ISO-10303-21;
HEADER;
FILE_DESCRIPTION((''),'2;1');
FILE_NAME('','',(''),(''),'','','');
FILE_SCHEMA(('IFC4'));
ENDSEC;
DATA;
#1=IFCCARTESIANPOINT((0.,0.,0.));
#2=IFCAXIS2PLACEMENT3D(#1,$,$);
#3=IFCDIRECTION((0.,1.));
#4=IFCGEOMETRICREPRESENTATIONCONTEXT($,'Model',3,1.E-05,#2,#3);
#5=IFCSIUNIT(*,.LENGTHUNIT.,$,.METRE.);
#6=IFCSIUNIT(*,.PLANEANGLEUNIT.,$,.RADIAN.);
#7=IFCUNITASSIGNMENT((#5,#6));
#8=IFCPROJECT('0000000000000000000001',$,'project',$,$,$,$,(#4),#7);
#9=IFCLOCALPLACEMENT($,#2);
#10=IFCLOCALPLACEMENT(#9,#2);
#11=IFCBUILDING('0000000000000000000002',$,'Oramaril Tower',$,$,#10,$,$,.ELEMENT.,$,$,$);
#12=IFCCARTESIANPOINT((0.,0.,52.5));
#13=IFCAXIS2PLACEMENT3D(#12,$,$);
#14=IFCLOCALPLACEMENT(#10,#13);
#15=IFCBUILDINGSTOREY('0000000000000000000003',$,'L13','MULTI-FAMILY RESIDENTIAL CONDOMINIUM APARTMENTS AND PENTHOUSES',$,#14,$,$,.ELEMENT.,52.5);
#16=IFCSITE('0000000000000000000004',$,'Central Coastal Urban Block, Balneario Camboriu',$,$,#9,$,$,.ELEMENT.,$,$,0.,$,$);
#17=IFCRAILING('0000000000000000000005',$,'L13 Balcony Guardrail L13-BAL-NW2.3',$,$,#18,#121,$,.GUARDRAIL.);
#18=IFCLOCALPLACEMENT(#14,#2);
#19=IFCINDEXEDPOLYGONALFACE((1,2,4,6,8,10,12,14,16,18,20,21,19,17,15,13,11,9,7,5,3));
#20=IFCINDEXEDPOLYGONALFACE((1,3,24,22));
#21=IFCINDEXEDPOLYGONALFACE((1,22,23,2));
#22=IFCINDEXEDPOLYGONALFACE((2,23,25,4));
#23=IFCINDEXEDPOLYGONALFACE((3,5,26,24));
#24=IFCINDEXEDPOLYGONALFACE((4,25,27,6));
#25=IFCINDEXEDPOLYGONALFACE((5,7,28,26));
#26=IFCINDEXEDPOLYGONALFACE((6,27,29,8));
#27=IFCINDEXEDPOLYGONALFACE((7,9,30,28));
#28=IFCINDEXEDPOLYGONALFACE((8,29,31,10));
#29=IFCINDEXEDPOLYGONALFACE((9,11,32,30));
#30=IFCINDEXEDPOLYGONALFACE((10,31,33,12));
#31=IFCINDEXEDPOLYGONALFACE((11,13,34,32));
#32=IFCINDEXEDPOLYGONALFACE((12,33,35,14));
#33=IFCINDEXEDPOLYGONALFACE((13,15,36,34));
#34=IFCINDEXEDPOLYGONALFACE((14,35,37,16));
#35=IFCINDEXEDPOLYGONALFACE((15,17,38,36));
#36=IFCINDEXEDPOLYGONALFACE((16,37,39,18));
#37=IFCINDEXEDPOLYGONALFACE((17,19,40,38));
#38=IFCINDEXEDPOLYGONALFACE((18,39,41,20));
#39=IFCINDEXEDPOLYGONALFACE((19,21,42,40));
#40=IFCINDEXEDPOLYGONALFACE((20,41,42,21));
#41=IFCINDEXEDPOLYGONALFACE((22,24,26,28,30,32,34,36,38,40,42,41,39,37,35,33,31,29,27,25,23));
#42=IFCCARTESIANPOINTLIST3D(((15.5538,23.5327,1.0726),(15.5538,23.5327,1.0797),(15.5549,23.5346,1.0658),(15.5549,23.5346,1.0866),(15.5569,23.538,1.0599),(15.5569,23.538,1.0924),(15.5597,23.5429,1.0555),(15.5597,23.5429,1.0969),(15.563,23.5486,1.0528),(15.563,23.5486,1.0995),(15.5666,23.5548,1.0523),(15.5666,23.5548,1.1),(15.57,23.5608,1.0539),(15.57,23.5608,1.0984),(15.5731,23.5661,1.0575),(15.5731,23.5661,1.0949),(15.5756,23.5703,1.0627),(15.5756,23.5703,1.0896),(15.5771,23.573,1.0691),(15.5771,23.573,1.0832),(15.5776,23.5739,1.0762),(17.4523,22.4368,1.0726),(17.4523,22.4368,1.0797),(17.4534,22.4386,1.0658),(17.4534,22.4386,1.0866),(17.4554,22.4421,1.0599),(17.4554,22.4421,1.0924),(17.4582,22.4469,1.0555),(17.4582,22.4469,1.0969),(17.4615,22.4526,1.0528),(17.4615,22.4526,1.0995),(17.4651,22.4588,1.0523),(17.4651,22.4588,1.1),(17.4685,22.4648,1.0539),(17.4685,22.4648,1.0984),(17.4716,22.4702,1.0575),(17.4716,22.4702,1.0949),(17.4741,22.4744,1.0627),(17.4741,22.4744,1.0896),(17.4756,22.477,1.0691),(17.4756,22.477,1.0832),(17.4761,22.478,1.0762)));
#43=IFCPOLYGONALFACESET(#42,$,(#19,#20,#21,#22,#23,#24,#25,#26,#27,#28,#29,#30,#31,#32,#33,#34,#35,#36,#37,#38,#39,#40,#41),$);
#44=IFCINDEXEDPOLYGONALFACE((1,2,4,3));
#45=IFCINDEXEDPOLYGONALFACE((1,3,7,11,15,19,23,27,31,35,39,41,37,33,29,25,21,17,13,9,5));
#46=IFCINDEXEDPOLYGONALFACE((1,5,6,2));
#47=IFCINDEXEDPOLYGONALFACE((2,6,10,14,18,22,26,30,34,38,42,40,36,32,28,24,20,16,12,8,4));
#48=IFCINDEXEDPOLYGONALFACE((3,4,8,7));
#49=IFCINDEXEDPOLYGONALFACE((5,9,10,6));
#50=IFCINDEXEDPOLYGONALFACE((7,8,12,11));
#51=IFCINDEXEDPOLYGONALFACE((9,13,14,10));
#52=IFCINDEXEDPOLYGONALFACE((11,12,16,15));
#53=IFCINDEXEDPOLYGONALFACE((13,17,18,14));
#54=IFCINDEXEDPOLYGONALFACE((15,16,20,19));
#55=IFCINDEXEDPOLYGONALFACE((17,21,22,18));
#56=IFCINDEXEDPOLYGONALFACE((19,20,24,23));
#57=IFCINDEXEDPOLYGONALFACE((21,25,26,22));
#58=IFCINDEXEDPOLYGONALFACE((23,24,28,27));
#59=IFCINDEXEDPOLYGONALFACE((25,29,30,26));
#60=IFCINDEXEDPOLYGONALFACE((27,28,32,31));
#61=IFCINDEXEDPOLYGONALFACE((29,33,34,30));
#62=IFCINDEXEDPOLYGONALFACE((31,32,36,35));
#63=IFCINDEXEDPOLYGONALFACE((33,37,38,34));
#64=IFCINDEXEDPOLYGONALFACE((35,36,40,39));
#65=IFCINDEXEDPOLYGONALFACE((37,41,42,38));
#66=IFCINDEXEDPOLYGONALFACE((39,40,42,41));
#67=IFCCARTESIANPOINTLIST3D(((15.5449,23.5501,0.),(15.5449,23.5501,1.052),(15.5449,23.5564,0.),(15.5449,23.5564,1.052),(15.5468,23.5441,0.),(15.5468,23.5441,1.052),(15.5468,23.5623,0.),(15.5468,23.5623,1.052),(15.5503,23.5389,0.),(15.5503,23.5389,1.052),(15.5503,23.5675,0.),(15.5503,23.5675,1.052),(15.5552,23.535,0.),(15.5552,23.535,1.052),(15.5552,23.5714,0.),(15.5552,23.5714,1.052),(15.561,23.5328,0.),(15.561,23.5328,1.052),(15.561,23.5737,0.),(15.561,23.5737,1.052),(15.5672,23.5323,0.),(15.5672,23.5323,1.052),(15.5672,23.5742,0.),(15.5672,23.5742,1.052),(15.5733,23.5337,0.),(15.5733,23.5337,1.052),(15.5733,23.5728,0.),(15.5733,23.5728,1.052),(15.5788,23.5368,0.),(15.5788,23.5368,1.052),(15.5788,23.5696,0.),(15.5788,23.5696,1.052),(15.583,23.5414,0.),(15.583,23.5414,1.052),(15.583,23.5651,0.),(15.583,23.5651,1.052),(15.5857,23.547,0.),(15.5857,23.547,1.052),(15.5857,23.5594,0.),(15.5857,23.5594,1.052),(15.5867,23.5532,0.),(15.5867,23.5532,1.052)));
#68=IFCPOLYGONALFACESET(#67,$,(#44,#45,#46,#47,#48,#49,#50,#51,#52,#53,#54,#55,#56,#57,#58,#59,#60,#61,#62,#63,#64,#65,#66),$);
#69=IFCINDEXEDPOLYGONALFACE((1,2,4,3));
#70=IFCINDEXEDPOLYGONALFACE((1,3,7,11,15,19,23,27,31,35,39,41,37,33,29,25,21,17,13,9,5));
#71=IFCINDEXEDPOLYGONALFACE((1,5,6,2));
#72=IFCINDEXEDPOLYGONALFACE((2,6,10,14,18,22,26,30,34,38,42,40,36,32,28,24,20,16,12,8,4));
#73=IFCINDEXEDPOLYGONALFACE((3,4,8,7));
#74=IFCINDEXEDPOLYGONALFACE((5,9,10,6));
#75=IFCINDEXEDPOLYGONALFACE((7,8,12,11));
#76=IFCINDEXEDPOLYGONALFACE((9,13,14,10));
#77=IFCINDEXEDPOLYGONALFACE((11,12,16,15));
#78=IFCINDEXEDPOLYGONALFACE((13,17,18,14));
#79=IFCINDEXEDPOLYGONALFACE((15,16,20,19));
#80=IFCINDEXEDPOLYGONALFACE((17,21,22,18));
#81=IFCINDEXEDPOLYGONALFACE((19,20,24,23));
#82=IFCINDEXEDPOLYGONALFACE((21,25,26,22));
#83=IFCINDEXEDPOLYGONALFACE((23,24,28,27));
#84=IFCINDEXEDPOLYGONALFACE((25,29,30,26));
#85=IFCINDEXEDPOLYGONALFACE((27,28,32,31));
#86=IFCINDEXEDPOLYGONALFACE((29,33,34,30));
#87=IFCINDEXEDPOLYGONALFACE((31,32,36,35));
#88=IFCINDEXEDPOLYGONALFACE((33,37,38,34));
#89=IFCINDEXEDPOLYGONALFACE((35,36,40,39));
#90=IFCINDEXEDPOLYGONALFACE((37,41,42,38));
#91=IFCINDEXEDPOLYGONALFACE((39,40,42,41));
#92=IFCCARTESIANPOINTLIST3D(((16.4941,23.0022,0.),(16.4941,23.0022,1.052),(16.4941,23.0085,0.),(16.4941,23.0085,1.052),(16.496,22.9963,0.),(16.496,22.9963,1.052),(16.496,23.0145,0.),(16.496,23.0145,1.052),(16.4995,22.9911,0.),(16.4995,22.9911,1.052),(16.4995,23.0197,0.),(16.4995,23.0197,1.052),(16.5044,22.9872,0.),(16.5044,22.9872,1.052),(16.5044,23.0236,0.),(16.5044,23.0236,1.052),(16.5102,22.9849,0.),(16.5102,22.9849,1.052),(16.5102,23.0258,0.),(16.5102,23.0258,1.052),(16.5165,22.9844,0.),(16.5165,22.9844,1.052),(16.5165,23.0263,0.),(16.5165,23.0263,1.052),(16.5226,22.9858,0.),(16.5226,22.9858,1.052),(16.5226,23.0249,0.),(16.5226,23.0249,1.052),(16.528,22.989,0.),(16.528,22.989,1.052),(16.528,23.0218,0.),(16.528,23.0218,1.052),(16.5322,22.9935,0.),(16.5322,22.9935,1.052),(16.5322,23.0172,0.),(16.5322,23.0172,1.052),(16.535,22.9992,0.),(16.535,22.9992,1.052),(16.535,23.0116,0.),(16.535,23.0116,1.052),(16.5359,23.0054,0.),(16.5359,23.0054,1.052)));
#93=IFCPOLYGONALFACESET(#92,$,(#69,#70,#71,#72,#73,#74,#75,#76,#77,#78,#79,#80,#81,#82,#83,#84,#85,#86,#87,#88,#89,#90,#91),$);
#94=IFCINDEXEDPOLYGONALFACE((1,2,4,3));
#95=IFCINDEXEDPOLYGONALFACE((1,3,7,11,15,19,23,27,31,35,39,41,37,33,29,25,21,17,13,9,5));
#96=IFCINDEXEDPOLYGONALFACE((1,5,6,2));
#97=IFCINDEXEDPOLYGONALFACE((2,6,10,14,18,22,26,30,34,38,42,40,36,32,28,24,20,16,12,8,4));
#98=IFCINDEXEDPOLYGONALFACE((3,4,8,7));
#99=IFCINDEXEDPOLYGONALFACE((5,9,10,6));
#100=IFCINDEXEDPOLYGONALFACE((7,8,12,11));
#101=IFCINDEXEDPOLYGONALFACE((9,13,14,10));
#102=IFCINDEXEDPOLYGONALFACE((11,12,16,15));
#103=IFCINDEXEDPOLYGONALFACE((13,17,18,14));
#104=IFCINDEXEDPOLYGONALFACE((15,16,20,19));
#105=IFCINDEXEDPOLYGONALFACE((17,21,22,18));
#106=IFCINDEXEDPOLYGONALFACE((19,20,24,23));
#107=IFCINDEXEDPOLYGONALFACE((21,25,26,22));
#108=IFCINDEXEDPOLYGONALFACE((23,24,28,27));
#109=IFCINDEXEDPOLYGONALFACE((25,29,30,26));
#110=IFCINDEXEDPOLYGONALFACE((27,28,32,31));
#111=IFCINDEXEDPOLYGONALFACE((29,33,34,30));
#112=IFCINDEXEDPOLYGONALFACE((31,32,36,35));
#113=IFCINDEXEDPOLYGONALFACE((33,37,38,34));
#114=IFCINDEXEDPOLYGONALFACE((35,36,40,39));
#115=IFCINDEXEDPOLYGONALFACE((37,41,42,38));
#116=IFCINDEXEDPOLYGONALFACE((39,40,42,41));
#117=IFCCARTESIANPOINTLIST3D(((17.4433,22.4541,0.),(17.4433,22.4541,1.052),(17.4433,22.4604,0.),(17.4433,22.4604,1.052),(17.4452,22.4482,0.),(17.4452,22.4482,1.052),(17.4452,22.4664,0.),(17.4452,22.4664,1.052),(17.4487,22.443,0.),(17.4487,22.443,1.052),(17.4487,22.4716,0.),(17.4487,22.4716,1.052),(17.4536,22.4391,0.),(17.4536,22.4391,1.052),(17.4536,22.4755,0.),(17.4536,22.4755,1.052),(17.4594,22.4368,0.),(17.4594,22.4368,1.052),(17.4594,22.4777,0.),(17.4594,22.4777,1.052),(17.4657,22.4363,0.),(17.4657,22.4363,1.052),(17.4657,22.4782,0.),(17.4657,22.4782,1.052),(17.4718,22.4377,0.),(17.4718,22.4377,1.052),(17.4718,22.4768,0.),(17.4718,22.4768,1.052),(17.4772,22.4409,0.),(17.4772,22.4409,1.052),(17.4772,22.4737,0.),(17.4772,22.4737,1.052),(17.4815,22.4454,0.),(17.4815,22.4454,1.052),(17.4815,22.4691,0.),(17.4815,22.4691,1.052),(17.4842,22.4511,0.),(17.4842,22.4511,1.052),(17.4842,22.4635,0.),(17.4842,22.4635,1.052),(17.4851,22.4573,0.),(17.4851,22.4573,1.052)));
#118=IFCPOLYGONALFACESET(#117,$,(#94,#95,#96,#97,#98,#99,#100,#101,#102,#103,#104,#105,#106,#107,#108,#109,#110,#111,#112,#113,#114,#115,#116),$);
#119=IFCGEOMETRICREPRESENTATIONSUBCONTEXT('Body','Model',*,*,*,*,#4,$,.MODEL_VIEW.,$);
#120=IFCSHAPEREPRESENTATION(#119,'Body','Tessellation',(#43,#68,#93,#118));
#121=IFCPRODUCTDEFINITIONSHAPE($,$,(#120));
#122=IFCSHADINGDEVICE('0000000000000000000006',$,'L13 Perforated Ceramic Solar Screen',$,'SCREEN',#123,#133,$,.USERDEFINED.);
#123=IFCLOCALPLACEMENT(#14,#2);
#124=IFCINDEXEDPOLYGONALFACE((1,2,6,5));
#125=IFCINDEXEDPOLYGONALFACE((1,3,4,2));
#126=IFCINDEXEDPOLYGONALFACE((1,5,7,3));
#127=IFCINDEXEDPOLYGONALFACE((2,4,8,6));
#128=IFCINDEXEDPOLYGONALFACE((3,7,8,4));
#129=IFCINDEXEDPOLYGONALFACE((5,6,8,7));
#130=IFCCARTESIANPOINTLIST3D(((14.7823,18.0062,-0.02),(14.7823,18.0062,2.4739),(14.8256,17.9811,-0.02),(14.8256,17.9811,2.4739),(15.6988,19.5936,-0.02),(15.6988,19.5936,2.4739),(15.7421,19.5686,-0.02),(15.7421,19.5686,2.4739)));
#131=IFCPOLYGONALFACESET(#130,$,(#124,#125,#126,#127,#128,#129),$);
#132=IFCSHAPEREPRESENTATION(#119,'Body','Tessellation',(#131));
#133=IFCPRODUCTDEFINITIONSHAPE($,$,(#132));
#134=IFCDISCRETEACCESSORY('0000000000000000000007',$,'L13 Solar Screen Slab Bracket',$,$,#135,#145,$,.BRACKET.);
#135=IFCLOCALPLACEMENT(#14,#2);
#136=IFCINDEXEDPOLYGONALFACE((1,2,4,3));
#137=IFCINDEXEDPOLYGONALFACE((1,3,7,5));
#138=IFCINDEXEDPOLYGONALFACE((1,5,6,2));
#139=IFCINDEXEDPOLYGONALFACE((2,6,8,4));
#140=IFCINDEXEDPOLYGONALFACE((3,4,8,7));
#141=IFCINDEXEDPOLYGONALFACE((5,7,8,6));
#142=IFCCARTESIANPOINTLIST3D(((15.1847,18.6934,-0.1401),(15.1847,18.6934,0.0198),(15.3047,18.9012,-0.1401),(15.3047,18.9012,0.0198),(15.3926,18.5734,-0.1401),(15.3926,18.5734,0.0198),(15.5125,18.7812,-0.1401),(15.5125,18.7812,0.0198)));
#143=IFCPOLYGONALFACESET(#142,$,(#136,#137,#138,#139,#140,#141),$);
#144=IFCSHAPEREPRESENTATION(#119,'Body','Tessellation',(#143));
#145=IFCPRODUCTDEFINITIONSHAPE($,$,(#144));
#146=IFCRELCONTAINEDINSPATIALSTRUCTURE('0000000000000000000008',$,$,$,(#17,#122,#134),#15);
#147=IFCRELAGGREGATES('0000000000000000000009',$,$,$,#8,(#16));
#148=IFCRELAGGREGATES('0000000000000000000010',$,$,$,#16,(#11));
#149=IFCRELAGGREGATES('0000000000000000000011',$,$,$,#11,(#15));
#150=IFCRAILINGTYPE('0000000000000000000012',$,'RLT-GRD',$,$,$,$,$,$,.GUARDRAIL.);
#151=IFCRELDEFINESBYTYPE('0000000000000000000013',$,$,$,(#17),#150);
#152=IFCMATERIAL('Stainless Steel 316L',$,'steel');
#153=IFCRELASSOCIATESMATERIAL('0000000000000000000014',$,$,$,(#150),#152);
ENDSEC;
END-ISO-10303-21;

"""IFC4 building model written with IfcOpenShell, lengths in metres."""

from ifc_helpers import new_model, si_unit, direction, frame, origin, origin_2d, place, context, subcontext, project, spatial, rectangle, circle, extrude, material, type_object, element, save


model = new_model("IFC4")

# Units and contexts
model_context = context("Model", 3, precision=1e-05, world=origin(), true_north=direction((0.0, 1.0)))
body_context = subcontext(model_context, "Body", "Model", "MODEL_VIEW")
ifc_project = project(units=[si_unit("LENGTHUNIT", "METRE"), si_unit("PLANEANGLEUNIT", "RADIAN")], contexts=[model_context])

# Site, building, storey
site_placement = place(None, origin())
site = spatial("IfcSite", under=ifc_project, at=site_placement, Name="Central Coastal Urban Block, Balneario Camboriu", CompositionType="ELEMENT", RefElevation=0.0)
building_placement = place(site_placement, origin())
building = spatial("IfcBuilding", under=site, at=building_placement, Name="Oramaril Tower", CompositionType="ELEMENT")
storey_placement = place(building_placement, frame((0.0, 0.0, 52.5)))
storey = spatial("IfcBuildingStorey", under=building, at=storey_placement, Name="L13", Description="MULTI-FAMILY RESIDENTIAL CONDOMINIUM APARTMENTS AND PENTHOUSES", CompositionType="ELEMENT", Elevation=52.5)

# Railing
ifc_material_1 = material(Name="Stainless Steel 316L", Category="steel")
railing_type = type_object("IfcRailingType", Name="RLT-GRD", PredefinedType="GUARDRAIL", material=ifc_material_1)
railing_1_placement = place(storey_placement, frame((15.5657, 23.5532, 0.0)))
element("IfcRailing", 1, at=railing_1_placement, inside=storey, type_object=railing_type, Name="L13 Balcony Guardrail L13-BAL-NW2.3", PredefinedType="GUARDRAIL", context=body_context, shape_type="SweptSolid", body=[
    extrude(circle(Radius=0.0239, at=origin_2d()), frame((0.0, 0.0, 1.0762), z_axis=(0.866048, -0.49996, 0.0), x_axis=(0.49996, 0.866048, 0.0)), (0.0, 0.0, 1.0), 2.1921),
    extrude(circle(Radius=0.021, at=origin_2d()), origin(), (0.0, 0.0, 1.0), 1.052),
    extrude(circle(Radius=0.021, at=origin_2d()), frame((0.9492, -0.5479, 0.0)), (0.0, 0.0, 1.0), 1.052),
    extrude(circle(Radius=0.021, at=origin_2d()), frame((1.8984, -1.0959, 0.0)), (0.0, 0.0, 1.0), 1.052),
])

# Shading device
shading_device_placement = place(storey_placement, frame((15.2622, 18.7874, -0.02), z_axis=(0.0, 0.0, 1.0), x_axis=(-0.5, -0.866025, 0.0)))
element("IfcShadingDevice", 2, at=shading_device_placement, inside=storey, Name="L13 Perforated Ceramic Solar Screen", ObjectType="SCREEN", PredefinedType="USERDEFINED", context=body_context, shape_type="SweptSolid", body=[
    extrude(rectangle(XDim=1.833, YDim=0.05, at=origin_2d()), origin(), (0.0, 0.0, 1.0), 2.4939),
])

# Discrete accessory
discrete_accessory_placement = place(storey_placement, frame((15.3486, 18.7373, -0.1401), z_axis=(0.0, 0.0, 1.0), x_axis=(-0.5, -0.866025, 0.0)))
element("IfcDiscreteAccessory", 3, at=discrete_accessory_placement, inside=storey, Name="L13 Solar Screen Slab Bracket", PredefinedType="BRACKET", context=body_context, shape_type="SweptSolid", body=[
    extrude(rectangle(XDim=0.24, YDim=0.24, at=origin_2d()), origin(), (0.0, 0.0, 1.0), 0.1599),
])

save(model, "model.ifc")
